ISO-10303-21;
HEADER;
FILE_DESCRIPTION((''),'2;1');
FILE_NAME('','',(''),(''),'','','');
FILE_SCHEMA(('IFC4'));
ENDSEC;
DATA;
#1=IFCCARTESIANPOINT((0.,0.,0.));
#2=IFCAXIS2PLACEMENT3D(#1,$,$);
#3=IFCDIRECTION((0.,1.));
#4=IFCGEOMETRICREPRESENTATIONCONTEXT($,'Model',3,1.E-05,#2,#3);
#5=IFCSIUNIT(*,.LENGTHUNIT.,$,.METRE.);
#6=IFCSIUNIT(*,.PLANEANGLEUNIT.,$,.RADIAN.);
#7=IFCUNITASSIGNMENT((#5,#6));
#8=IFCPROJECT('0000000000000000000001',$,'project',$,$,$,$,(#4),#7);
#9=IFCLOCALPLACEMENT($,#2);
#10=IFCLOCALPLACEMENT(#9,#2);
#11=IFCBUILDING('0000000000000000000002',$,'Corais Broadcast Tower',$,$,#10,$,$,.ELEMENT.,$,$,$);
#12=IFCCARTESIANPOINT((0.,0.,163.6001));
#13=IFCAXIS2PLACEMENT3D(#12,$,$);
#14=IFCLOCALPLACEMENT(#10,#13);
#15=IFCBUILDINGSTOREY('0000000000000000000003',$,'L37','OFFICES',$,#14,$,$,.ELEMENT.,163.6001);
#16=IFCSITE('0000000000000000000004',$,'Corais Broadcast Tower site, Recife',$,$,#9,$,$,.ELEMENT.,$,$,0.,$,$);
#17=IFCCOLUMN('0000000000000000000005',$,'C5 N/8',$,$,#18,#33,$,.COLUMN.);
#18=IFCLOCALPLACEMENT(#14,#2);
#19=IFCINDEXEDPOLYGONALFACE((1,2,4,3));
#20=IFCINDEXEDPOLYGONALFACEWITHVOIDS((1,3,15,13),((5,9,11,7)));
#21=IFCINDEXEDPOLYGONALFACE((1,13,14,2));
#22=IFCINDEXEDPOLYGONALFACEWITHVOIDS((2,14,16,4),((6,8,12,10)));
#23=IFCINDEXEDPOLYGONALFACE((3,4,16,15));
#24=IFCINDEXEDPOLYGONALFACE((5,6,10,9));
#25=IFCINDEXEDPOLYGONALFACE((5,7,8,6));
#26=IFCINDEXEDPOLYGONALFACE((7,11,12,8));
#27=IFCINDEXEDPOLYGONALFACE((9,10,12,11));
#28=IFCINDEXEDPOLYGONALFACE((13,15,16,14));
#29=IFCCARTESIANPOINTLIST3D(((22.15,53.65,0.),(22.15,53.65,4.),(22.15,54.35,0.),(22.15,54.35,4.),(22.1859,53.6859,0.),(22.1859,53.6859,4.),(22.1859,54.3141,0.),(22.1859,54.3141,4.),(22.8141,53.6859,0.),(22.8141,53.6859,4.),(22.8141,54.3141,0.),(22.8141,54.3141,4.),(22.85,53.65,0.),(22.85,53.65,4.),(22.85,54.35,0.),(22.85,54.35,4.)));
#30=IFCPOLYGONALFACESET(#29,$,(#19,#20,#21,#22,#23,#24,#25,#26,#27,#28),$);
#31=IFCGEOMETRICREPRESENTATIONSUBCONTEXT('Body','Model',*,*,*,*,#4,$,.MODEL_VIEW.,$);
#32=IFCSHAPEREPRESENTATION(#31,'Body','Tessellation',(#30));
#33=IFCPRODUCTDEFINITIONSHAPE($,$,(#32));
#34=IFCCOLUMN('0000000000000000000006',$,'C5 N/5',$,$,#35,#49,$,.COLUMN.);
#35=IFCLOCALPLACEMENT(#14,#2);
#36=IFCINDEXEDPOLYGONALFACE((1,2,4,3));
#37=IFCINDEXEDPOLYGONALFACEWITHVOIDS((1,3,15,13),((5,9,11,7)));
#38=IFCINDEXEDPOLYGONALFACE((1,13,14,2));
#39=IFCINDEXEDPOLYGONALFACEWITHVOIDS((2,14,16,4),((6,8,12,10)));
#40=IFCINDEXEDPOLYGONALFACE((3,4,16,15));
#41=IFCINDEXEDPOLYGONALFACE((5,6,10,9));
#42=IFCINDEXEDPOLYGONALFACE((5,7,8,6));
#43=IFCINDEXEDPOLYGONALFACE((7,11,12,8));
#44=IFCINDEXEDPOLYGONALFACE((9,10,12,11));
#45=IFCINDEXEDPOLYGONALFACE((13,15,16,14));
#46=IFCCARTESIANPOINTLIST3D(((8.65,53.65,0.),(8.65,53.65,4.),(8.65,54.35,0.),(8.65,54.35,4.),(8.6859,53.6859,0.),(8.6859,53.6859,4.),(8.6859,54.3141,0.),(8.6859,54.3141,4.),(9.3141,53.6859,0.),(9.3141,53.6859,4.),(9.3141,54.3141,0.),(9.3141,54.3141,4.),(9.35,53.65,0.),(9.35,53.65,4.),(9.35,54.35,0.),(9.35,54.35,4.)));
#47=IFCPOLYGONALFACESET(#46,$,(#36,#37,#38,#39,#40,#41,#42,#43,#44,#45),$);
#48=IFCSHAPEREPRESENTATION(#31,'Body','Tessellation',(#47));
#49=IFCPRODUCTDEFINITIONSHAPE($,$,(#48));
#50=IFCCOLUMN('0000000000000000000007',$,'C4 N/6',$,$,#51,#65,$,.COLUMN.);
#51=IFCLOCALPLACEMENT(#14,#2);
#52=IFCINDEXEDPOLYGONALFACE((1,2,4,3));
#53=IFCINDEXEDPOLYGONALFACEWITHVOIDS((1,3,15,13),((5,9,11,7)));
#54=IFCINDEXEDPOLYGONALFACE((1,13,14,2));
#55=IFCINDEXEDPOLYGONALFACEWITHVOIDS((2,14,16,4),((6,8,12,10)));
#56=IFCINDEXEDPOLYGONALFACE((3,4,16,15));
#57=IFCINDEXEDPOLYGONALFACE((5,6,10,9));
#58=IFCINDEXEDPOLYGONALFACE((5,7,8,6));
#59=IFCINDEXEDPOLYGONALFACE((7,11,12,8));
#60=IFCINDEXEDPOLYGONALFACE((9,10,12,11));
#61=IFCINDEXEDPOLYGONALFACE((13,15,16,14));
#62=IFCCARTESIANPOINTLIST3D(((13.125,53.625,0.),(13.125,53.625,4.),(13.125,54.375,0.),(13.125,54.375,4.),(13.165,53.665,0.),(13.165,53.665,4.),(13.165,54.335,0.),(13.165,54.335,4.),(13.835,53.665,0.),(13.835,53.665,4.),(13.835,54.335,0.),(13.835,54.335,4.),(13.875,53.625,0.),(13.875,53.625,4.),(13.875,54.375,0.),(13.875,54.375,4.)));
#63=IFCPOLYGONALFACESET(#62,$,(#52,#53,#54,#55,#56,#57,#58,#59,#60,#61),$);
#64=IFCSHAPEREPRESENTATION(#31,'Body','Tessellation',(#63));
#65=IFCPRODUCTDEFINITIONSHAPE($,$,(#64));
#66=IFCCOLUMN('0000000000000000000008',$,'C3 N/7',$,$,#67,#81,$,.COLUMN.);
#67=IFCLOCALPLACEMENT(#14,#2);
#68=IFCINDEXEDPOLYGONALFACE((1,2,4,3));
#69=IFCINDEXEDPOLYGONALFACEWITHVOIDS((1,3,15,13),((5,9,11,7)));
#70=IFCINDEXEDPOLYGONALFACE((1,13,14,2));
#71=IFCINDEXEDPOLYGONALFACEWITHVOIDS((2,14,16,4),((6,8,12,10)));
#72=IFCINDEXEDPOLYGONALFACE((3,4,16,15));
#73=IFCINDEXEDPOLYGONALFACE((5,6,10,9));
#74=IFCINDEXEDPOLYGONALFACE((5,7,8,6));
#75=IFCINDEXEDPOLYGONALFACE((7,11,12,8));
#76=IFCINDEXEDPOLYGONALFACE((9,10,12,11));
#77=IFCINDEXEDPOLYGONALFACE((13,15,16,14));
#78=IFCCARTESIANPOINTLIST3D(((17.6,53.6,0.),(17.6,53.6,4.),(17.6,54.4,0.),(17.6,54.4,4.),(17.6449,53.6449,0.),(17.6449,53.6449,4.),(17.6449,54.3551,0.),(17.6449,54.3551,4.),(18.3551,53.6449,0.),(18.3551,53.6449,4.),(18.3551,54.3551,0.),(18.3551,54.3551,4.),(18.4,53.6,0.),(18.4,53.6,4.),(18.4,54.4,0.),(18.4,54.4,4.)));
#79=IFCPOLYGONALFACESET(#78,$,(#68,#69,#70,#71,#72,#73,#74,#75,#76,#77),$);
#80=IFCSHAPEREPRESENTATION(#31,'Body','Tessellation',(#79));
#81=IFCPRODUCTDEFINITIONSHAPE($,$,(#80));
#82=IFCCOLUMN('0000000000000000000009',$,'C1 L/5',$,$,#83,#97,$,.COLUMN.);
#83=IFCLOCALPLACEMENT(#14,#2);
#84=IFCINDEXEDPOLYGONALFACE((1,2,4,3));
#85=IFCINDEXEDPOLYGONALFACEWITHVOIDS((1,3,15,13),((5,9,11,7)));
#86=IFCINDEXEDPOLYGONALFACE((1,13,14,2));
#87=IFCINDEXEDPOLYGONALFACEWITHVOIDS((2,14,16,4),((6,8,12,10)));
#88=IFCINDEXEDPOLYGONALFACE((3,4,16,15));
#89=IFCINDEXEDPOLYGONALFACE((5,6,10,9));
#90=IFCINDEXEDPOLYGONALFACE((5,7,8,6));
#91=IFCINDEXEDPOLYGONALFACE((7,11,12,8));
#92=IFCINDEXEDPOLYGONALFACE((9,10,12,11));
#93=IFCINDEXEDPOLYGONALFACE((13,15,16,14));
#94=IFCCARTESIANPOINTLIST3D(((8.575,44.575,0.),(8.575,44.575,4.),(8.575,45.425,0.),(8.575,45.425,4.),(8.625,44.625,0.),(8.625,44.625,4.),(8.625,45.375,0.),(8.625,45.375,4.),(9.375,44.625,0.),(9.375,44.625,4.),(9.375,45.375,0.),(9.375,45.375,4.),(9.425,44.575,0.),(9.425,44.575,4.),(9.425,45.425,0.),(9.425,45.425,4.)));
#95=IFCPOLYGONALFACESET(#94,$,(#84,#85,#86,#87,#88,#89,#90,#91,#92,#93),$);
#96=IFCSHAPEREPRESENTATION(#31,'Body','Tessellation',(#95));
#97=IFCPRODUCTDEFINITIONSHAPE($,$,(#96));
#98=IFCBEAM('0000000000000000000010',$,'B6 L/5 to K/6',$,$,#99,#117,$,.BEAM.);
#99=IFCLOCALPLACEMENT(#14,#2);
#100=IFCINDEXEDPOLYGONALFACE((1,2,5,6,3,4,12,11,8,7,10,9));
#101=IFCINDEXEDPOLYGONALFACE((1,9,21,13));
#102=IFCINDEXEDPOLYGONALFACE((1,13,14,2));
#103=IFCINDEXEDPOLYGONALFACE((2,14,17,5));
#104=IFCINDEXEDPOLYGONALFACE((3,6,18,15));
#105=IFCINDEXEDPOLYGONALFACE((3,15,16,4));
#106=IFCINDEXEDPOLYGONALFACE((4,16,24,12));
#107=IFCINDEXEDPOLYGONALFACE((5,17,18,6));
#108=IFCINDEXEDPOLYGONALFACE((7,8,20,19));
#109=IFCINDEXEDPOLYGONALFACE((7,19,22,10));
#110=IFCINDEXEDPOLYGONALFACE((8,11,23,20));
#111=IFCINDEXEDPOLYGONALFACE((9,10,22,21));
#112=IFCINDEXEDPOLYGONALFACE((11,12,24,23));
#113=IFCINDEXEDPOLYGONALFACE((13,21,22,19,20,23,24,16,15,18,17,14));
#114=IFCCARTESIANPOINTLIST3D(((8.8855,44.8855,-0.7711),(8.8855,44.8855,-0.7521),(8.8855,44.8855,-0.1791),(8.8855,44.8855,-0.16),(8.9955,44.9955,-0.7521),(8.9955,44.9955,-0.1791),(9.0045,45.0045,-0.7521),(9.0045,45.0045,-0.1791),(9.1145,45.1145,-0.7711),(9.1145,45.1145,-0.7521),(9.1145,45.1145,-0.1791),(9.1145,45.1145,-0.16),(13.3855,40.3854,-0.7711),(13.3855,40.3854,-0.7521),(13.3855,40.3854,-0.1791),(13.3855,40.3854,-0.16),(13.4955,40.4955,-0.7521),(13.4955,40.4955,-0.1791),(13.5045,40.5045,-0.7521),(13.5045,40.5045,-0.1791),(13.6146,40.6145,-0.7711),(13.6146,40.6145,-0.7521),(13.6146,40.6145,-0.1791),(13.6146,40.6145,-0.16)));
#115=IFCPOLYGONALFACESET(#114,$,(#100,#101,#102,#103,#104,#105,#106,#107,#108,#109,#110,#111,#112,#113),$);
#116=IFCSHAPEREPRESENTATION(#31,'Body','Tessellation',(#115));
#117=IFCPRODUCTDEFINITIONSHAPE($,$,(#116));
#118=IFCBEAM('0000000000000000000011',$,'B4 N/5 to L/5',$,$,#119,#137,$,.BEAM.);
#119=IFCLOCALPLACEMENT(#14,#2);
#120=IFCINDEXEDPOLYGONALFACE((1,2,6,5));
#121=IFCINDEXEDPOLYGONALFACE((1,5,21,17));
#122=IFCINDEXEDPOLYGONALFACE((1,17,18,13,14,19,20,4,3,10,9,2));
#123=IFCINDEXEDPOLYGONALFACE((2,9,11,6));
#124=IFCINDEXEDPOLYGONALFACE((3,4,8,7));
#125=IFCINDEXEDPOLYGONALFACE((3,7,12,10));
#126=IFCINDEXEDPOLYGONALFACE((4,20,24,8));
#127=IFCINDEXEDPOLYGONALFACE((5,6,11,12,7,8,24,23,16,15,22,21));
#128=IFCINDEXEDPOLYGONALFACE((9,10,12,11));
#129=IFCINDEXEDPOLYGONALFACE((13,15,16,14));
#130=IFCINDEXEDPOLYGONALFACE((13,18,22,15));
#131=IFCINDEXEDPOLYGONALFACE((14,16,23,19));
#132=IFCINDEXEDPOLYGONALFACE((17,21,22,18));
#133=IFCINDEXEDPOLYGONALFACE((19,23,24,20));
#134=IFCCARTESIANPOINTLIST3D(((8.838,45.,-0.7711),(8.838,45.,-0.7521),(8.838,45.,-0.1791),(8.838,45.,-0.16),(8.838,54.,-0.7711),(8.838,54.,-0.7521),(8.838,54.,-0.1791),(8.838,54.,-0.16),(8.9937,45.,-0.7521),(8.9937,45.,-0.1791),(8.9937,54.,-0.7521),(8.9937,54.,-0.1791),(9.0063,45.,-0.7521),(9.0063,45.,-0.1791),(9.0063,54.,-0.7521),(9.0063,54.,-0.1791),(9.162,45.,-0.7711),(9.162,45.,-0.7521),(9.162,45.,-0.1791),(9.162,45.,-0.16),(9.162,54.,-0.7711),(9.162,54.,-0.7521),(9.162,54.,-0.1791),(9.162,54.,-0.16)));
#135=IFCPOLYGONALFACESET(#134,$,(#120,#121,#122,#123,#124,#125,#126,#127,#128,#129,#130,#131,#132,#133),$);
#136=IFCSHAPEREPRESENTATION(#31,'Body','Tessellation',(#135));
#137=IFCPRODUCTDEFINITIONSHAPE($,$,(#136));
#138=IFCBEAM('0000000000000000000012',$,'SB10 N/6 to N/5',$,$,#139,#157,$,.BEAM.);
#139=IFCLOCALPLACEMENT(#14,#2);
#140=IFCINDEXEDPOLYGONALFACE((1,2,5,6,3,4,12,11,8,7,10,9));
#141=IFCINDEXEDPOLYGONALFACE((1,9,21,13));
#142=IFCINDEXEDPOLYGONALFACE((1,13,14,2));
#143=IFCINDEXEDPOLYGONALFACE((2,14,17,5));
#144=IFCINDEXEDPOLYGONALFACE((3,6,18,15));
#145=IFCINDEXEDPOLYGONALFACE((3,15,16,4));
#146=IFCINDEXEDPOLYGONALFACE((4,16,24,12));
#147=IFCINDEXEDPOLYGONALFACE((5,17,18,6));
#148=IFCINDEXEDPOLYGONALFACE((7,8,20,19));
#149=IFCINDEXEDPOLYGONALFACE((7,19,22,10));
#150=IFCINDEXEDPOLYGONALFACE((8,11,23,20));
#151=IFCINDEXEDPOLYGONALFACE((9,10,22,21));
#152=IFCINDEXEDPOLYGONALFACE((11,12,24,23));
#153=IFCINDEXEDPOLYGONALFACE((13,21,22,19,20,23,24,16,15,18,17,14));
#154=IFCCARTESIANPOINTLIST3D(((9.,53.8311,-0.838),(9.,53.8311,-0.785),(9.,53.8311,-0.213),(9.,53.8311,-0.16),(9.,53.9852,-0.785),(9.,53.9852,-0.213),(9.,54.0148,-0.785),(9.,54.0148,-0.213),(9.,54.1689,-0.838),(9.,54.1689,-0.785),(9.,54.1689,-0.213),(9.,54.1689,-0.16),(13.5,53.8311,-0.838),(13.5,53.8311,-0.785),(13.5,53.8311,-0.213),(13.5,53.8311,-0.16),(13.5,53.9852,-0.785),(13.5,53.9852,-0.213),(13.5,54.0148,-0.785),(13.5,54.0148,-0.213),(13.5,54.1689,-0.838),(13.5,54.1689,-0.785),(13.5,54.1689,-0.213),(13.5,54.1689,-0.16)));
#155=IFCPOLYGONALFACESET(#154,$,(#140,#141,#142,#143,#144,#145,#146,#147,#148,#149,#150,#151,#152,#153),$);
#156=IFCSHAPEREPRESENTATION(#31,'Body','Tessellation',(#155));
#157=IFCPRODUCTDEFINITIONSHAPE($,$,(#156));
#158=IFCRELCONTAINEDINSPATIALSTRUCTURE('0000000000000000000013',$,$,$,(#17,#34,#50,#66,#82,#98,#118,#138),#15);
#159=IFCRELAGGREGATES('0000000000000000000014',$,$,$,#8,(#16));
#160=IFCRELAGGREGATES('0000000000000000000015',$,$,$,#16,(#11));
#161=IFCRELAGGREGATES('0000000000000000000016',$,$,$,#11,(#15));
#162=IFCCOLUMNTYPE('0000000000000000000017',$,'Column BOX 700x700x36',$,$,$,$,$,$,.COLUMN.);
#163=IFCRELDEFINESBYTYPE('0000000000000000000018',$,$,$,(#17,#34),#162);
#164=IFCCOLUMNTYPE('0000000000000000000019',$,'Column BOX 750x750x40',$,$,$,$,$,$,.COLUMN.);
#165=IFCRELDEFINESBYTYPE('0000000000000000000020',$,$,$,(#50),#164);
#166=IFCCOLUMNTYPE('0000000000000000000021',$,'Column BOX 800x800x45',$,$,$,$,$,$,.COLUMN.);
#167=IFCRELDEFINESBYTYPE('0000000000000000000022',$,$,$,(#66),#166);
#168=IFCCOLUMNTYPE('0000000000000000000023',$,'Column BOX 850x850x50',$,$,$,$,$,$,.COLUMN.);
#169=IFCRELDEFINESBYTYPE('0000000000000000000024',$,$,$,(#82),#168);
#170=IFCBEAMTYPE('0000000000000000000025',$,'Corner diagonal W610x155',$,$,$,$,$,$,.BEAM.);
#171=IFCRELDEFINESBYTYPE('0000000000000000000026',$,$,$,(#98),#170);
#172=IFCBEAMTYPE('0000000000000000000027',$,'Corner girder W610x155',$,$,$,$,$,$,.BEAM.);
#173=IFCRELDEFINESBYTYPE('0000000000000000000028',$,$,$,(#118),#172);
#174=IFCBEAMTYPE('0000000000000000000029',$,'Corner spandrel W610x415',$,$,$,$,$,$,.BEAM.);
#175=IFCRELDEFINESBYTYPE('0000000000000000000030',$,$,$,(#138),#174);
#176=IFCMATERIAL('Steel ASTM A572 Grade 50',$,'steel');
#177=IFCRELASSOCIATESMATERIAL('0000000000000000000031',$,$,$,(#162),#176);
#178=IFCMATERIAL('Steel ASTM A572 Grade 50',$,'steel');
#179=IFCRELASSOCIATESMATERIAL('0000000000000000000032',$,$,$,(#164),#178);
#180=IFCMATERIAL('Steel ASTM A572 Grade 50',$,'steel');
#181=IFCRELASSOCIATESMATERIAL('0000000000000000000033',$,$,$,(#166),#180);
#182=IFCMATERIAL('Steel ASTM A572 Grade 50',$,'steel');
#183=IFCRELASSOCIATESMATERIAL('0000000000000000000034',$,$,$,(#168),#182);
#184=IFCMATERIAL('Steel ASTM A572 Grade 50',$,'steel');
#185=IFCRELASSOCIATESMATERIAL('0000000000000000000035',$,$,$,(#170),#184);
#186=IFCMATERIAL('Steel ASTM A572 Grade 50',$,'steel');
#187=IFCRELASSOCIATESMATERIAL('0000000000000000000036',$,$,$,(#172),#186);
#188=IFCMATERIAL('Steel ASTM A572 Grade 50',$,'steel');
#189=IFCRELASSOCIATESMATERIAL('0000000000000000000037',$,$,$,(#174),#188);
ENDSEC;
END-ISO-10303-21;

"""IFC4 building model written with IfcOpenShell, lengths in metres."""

from ifc_helpers import new_model, si_unit, direction, frame, origin, origin_2d, place, context, subcontext, project, spatial, hollow_rectangle, i_section, extrude, material, material_profile, profile_set, type_object, element, save


model = new_model("IFC4")

# Units and contexts
model_context = context("Model", 3, precision=1e-05, world=origin(), true_north=direction((0.0, 1.0)))
body_context = subcontext(model_context, "Body", "Model", "MODEL_VIEW")
ifc_project = project(units=[si_unit("LENGTHUNIT", "METRE"), si_unit("PLANEANGLEUNIT", "RADIAN")], contexts=[model_context])

# Site, building, storey
site_placement = place(None, origin())
site = spatial("IfcSite", under=ifc_project, at=site_placement, Name="Corais Broadcast Tower site, Recife", CompositionType="ELEMENT", RefElevation=0.0)
building_placement = place(site_placement, origin())
building = spatial("IfcBuilding", under=site, at=building_placement, Name="Corais Broadcast Tower", CompositionType="ELEMENT")
storey_placement = place(building_placement, frame((0.0, 0.0, 163.6001)))
storey = spatial("IfcBuildingStorey", under=building, at=storey_placement, Name="L37", Description="OFFICES", CompositionType="ELEMENT", Elevation=163.6001)

# Columns
ifc_material_1 = material(Name="Steel ASTM A572 Grade 50", Category="steel")
ifc_material_profile_1 = material_profile(ifc_material_1, hollow_rectangle(XDim=0.7, YDim=0.7, WallThickness=0.0359, at=origin_2d()), Name="BOX 700x700x36")
ifc_profile_set_1 = profile_set([ifc_material_profile_1], Name="Steel ASTM A572 Grade 50")
column_type_1 = type_object("IfcColumnType", Name="Column BOX 700x700x36", PredefinedType="COLUMN", material=ifc_profile_set_1)
for number, where, z_axis, x_axis, name in (
    (1, (22.5, 54.0, 0.0), (0.0, 0.0, 1.0), (1.0, 0.0, 0.0), "C5 N/8"),
    (2, (9.0, 54.0, 0.0), (0.0, 0.0, 1.0), (1.0, 0.0, 0.0), "C5 N/5"),
):
    element("IfcColumn", number, at=place(storey_placement, frame(where, z_axis=z_axis, x_axis=x_axis)), inside=storey, type_object=column_type_1, Name=name, PredefinedType="COLUMN", context=body_context, shape_type="SweptSolid", body=[
        extrude(hollow_rectangle(XDim=0.7, YDim=0.7, WallThickness=0.0359, at=origin_2d()), origin(), (0.0, 0.0, 1.0), 4.0),
    ])
ifc_material_2 = material(Name="Steel ASTM A572 Grade 50", Category="steel")
ifc_material_profile_2 = material_profile(ifc_material_2, hollow_rectangle(XDim=0.75, YDim=0.75, WallThickness=0.04, at=origin_2d()), Name="BOX 750x750x40")
ifc_profile_set_2 = profile_set([ifc_material_profile_2], Name="Steel ASTM A572 Grade 50")
column_type_2 = type_object("IfcColumnType", Name="Column BOX 750x750x40", PredefinedType="COLUMN", material=ifc_profile_set_2)
column_1_placement = place(storey_placement, frame((13.5, 54.0, 0.0), z_axis=(0.0, 0.0, 1.0), x_axis=(1.0, 0.0, 0.0)))
element("IfcColumn", 3, at=column_1_placement, inside=storey, type_object=column_type_2, Name="C4 N/6", PredefinedType="COLUMN", context=body_context, shape_type="SweptSolid", body=[
    extrude(hollow_rectangle(XDim=0.75, YDim=0.75, WallThickness=0.04, at=origin_2d()), origin(), (0.0, 0.0, 1.0), 4.0),
])
ifc_material_3 = material(Name="Steel ASTM A572 Grade 50", Category="steel")
ifc_material_profile_3 = material_profile(ifc_material_3, hollow_rectangle(XDim=0.8, YDim=0.8, WallThickness=0.0449, at=origin_2d()), Name="BOX 800x800x45")
ifc_profile_set_3 = profile_set([ifc_material_profile_3], Name="Steel ASTM A572 Grade 50")
column_type_3 = type_object("IfcColumnType", Name="Column BOX 800x800x45", PredefinedType="COLUMN", material=ifc_profile_set_3)
column_2_placement = place(storey_placement, frame((18.0, 54.0, 0.0), z_axis=(0.0, 0.0, 1.0), x_axis=(1.0, 0.0, 0.0)))
element("IfcColumn", 4, at=column_2_placement, inside=storey, type_object=column_type_3, Name="C3 N/7", PredefinedType="COLUMN", context=body_context, shape_type="SweptSolid", body=[
    extrude(hollow_rectangle(XDim=0.8, YDim=0.8, WallThickness=0.0449, at=origin_2d()), origin(), (0.0, 0.0, 1.0), 4.0),
])
ifc_material_4 = material(Name="Steel ASTM A572 Grade 50", Category="steel")
ifc_material_profile_4 = material_profile(ifc_material_4, hollow_rectangle(XDim=0.8501, YDim=0.8501, WallThickness=0.05, at=origin_2d()), Name="BOX 850x850x50")
ifc_profile_set_4 = profile_set([ifc_material_profile_4], Name="Steel ASTM A572 Grade 50")
column_type_4 = type_object("IfcColumnType", Name="Column BOX 850x850x50", PredefinedType="COLUMN", material=ifc_profile_set_4)
column_3_placement = place(storey_placement, frame((9.0, 45.0, 0.0), z_axis=(0.0, 0.0, 1.0), x_axis=(1.0, 0.0, 0.0)))
element("IfcColumn", 5, at=column_3_placement, inside=storey, type_object=column_type_4, Name="C1 L/5", PredefinedType="COLUMN", context=body_context, shape_type="SweptSolid", body=[
    extrude(hollow_rectangle(XDim=0.8501, YDim=0.8501, WallThickness=0.05, at=origin_2d()), origin(), (0.0, 0.0, 1.0), 4.0),
])

# Beams
ifc_material_5 = material(Name="Steel ASTM A572 Grade 50", Category="steel")
ifc_material_profile_5 = material_profile(ifc_material_5, i_section(OverallWidth=0.324, OverallDepth=0.6111, WebThickness=0.0127, FlangeThickness=0.019, at=origin_2d()), Name="W610x155")
ifc_profile_set_5 = profile_set([ifc_material_profile_5], Name="Steel ASTM A572 Grade 50")
beam_type_1 = type_object("IfcBeamType", Name="Corner diagonal W610x155", PredefinedType="BEAM", material=ifc_profile_set_5)
beam_1_placement = place(storey_placement, frame((9.0, 45.0, -0.4656), z_axis=(0.707107, -0.707107, 0.0), x_axis=(0.707107, 0.707107, 0.0)))
element("IfcBeam", 6, at=beam_1_placement, inside=storey, type_object=beam_type_1, Name="B6 L/5 to K/6", PredefinedType="BEAM", context=body_context, shape_type="SweptSolid", body=[
    extrude(i_section(OverallWidth=0.324, OverallDepth=0.6111, WebThickness=0.0127, FlangeThickness=0.019, at=origin_2d()), origin(), (0.0, 0.0, 1.0), 6.364),
])
ifc_material_6 = material(Name="Steel ASTM A572 Grade 50", Category="steel")
ifc_material_profile_6 = material_profile(ifc_material_6, i_section(OverallWidth=0.324, OverallDepth=0.6111, WebThickness=0.0127, FlangeThickness=0.019, at=origin_2d()), Name="W610x155")
ifc_profile_set_6 = profile_set([ifc_material_profile_6], Name="Steel ASTM A572 Grade 50")
beam_type_2 = type_object("IfcBeamType", Name="Corner girder W610x155", PredefinedType="BEAM", material=ifc_profile_set_6)
beam_2_placement = place(storey_placement, frame((9.0, 54.0, -0.4656), z_axis=(0.0, -1.0, 0.0), x_axis=(1.0, 0.0, 0.0)))
element("IfcBeam", 7, at=beam_2_placement, inside=storey, type_object=beam_type_2, Name="B4 N/5 to L/5", PredefinedType="BEAM", context=body_context, shape_type="SweptSolid", body=[
    extrude(i_section(OverallWidth=0.324, OverallDepth=0.6111, WebThickness=0.0127, FlangeThickness=0.019, at=origin_2d()), origin(), (0.0, 0.0, 1.0), 9.0),
])
ifc_material_7 = material(Name="Steel ASTM A572 Grade 50", Category="steel")
ifc_material_profile_7 = material_profile(ifc_material_7, i_section(OverallWidth=0.3379, OverallDepth=0.678, WebThickness=0.0295, FlangeThickness=0.053, at=origin_2d()), Name="W610x415")
ifc_profile_set_7 = profile_set([ifc_material_profile_7], Name="Steel ASTM A572 Grade 50")
beam_type_3 = type_object("IfcBeamType", Name="Corner spandrel W610x415", PredefinedType="BEAM", material=ifc_profile_set_7)
beam_3_placement = place(storey_placement, frame((13.5, 54.0, -0.499), z_axis=(-1.0, 0.0, 0.0), x_axis=(0.0, -1.0, 0.0)))
element("IfcBeam", 8, at=beam_3_placement, inside=storey, type_object=beam_type_3, Name="SB10 N/6 to N/5", PredefinedType="BEAM", context=body_context, shape_type="SweptSolid", body=[
    extrude(i_section(OverallWidth=0.3379, OverallDepth=0.678, WebThickness=0.0295, FlangeThickness=0.053, at=origin_2d()), origin(), (0.0, 0.0, 1.0), 4.5),
])

save(model, "model.ifc")
